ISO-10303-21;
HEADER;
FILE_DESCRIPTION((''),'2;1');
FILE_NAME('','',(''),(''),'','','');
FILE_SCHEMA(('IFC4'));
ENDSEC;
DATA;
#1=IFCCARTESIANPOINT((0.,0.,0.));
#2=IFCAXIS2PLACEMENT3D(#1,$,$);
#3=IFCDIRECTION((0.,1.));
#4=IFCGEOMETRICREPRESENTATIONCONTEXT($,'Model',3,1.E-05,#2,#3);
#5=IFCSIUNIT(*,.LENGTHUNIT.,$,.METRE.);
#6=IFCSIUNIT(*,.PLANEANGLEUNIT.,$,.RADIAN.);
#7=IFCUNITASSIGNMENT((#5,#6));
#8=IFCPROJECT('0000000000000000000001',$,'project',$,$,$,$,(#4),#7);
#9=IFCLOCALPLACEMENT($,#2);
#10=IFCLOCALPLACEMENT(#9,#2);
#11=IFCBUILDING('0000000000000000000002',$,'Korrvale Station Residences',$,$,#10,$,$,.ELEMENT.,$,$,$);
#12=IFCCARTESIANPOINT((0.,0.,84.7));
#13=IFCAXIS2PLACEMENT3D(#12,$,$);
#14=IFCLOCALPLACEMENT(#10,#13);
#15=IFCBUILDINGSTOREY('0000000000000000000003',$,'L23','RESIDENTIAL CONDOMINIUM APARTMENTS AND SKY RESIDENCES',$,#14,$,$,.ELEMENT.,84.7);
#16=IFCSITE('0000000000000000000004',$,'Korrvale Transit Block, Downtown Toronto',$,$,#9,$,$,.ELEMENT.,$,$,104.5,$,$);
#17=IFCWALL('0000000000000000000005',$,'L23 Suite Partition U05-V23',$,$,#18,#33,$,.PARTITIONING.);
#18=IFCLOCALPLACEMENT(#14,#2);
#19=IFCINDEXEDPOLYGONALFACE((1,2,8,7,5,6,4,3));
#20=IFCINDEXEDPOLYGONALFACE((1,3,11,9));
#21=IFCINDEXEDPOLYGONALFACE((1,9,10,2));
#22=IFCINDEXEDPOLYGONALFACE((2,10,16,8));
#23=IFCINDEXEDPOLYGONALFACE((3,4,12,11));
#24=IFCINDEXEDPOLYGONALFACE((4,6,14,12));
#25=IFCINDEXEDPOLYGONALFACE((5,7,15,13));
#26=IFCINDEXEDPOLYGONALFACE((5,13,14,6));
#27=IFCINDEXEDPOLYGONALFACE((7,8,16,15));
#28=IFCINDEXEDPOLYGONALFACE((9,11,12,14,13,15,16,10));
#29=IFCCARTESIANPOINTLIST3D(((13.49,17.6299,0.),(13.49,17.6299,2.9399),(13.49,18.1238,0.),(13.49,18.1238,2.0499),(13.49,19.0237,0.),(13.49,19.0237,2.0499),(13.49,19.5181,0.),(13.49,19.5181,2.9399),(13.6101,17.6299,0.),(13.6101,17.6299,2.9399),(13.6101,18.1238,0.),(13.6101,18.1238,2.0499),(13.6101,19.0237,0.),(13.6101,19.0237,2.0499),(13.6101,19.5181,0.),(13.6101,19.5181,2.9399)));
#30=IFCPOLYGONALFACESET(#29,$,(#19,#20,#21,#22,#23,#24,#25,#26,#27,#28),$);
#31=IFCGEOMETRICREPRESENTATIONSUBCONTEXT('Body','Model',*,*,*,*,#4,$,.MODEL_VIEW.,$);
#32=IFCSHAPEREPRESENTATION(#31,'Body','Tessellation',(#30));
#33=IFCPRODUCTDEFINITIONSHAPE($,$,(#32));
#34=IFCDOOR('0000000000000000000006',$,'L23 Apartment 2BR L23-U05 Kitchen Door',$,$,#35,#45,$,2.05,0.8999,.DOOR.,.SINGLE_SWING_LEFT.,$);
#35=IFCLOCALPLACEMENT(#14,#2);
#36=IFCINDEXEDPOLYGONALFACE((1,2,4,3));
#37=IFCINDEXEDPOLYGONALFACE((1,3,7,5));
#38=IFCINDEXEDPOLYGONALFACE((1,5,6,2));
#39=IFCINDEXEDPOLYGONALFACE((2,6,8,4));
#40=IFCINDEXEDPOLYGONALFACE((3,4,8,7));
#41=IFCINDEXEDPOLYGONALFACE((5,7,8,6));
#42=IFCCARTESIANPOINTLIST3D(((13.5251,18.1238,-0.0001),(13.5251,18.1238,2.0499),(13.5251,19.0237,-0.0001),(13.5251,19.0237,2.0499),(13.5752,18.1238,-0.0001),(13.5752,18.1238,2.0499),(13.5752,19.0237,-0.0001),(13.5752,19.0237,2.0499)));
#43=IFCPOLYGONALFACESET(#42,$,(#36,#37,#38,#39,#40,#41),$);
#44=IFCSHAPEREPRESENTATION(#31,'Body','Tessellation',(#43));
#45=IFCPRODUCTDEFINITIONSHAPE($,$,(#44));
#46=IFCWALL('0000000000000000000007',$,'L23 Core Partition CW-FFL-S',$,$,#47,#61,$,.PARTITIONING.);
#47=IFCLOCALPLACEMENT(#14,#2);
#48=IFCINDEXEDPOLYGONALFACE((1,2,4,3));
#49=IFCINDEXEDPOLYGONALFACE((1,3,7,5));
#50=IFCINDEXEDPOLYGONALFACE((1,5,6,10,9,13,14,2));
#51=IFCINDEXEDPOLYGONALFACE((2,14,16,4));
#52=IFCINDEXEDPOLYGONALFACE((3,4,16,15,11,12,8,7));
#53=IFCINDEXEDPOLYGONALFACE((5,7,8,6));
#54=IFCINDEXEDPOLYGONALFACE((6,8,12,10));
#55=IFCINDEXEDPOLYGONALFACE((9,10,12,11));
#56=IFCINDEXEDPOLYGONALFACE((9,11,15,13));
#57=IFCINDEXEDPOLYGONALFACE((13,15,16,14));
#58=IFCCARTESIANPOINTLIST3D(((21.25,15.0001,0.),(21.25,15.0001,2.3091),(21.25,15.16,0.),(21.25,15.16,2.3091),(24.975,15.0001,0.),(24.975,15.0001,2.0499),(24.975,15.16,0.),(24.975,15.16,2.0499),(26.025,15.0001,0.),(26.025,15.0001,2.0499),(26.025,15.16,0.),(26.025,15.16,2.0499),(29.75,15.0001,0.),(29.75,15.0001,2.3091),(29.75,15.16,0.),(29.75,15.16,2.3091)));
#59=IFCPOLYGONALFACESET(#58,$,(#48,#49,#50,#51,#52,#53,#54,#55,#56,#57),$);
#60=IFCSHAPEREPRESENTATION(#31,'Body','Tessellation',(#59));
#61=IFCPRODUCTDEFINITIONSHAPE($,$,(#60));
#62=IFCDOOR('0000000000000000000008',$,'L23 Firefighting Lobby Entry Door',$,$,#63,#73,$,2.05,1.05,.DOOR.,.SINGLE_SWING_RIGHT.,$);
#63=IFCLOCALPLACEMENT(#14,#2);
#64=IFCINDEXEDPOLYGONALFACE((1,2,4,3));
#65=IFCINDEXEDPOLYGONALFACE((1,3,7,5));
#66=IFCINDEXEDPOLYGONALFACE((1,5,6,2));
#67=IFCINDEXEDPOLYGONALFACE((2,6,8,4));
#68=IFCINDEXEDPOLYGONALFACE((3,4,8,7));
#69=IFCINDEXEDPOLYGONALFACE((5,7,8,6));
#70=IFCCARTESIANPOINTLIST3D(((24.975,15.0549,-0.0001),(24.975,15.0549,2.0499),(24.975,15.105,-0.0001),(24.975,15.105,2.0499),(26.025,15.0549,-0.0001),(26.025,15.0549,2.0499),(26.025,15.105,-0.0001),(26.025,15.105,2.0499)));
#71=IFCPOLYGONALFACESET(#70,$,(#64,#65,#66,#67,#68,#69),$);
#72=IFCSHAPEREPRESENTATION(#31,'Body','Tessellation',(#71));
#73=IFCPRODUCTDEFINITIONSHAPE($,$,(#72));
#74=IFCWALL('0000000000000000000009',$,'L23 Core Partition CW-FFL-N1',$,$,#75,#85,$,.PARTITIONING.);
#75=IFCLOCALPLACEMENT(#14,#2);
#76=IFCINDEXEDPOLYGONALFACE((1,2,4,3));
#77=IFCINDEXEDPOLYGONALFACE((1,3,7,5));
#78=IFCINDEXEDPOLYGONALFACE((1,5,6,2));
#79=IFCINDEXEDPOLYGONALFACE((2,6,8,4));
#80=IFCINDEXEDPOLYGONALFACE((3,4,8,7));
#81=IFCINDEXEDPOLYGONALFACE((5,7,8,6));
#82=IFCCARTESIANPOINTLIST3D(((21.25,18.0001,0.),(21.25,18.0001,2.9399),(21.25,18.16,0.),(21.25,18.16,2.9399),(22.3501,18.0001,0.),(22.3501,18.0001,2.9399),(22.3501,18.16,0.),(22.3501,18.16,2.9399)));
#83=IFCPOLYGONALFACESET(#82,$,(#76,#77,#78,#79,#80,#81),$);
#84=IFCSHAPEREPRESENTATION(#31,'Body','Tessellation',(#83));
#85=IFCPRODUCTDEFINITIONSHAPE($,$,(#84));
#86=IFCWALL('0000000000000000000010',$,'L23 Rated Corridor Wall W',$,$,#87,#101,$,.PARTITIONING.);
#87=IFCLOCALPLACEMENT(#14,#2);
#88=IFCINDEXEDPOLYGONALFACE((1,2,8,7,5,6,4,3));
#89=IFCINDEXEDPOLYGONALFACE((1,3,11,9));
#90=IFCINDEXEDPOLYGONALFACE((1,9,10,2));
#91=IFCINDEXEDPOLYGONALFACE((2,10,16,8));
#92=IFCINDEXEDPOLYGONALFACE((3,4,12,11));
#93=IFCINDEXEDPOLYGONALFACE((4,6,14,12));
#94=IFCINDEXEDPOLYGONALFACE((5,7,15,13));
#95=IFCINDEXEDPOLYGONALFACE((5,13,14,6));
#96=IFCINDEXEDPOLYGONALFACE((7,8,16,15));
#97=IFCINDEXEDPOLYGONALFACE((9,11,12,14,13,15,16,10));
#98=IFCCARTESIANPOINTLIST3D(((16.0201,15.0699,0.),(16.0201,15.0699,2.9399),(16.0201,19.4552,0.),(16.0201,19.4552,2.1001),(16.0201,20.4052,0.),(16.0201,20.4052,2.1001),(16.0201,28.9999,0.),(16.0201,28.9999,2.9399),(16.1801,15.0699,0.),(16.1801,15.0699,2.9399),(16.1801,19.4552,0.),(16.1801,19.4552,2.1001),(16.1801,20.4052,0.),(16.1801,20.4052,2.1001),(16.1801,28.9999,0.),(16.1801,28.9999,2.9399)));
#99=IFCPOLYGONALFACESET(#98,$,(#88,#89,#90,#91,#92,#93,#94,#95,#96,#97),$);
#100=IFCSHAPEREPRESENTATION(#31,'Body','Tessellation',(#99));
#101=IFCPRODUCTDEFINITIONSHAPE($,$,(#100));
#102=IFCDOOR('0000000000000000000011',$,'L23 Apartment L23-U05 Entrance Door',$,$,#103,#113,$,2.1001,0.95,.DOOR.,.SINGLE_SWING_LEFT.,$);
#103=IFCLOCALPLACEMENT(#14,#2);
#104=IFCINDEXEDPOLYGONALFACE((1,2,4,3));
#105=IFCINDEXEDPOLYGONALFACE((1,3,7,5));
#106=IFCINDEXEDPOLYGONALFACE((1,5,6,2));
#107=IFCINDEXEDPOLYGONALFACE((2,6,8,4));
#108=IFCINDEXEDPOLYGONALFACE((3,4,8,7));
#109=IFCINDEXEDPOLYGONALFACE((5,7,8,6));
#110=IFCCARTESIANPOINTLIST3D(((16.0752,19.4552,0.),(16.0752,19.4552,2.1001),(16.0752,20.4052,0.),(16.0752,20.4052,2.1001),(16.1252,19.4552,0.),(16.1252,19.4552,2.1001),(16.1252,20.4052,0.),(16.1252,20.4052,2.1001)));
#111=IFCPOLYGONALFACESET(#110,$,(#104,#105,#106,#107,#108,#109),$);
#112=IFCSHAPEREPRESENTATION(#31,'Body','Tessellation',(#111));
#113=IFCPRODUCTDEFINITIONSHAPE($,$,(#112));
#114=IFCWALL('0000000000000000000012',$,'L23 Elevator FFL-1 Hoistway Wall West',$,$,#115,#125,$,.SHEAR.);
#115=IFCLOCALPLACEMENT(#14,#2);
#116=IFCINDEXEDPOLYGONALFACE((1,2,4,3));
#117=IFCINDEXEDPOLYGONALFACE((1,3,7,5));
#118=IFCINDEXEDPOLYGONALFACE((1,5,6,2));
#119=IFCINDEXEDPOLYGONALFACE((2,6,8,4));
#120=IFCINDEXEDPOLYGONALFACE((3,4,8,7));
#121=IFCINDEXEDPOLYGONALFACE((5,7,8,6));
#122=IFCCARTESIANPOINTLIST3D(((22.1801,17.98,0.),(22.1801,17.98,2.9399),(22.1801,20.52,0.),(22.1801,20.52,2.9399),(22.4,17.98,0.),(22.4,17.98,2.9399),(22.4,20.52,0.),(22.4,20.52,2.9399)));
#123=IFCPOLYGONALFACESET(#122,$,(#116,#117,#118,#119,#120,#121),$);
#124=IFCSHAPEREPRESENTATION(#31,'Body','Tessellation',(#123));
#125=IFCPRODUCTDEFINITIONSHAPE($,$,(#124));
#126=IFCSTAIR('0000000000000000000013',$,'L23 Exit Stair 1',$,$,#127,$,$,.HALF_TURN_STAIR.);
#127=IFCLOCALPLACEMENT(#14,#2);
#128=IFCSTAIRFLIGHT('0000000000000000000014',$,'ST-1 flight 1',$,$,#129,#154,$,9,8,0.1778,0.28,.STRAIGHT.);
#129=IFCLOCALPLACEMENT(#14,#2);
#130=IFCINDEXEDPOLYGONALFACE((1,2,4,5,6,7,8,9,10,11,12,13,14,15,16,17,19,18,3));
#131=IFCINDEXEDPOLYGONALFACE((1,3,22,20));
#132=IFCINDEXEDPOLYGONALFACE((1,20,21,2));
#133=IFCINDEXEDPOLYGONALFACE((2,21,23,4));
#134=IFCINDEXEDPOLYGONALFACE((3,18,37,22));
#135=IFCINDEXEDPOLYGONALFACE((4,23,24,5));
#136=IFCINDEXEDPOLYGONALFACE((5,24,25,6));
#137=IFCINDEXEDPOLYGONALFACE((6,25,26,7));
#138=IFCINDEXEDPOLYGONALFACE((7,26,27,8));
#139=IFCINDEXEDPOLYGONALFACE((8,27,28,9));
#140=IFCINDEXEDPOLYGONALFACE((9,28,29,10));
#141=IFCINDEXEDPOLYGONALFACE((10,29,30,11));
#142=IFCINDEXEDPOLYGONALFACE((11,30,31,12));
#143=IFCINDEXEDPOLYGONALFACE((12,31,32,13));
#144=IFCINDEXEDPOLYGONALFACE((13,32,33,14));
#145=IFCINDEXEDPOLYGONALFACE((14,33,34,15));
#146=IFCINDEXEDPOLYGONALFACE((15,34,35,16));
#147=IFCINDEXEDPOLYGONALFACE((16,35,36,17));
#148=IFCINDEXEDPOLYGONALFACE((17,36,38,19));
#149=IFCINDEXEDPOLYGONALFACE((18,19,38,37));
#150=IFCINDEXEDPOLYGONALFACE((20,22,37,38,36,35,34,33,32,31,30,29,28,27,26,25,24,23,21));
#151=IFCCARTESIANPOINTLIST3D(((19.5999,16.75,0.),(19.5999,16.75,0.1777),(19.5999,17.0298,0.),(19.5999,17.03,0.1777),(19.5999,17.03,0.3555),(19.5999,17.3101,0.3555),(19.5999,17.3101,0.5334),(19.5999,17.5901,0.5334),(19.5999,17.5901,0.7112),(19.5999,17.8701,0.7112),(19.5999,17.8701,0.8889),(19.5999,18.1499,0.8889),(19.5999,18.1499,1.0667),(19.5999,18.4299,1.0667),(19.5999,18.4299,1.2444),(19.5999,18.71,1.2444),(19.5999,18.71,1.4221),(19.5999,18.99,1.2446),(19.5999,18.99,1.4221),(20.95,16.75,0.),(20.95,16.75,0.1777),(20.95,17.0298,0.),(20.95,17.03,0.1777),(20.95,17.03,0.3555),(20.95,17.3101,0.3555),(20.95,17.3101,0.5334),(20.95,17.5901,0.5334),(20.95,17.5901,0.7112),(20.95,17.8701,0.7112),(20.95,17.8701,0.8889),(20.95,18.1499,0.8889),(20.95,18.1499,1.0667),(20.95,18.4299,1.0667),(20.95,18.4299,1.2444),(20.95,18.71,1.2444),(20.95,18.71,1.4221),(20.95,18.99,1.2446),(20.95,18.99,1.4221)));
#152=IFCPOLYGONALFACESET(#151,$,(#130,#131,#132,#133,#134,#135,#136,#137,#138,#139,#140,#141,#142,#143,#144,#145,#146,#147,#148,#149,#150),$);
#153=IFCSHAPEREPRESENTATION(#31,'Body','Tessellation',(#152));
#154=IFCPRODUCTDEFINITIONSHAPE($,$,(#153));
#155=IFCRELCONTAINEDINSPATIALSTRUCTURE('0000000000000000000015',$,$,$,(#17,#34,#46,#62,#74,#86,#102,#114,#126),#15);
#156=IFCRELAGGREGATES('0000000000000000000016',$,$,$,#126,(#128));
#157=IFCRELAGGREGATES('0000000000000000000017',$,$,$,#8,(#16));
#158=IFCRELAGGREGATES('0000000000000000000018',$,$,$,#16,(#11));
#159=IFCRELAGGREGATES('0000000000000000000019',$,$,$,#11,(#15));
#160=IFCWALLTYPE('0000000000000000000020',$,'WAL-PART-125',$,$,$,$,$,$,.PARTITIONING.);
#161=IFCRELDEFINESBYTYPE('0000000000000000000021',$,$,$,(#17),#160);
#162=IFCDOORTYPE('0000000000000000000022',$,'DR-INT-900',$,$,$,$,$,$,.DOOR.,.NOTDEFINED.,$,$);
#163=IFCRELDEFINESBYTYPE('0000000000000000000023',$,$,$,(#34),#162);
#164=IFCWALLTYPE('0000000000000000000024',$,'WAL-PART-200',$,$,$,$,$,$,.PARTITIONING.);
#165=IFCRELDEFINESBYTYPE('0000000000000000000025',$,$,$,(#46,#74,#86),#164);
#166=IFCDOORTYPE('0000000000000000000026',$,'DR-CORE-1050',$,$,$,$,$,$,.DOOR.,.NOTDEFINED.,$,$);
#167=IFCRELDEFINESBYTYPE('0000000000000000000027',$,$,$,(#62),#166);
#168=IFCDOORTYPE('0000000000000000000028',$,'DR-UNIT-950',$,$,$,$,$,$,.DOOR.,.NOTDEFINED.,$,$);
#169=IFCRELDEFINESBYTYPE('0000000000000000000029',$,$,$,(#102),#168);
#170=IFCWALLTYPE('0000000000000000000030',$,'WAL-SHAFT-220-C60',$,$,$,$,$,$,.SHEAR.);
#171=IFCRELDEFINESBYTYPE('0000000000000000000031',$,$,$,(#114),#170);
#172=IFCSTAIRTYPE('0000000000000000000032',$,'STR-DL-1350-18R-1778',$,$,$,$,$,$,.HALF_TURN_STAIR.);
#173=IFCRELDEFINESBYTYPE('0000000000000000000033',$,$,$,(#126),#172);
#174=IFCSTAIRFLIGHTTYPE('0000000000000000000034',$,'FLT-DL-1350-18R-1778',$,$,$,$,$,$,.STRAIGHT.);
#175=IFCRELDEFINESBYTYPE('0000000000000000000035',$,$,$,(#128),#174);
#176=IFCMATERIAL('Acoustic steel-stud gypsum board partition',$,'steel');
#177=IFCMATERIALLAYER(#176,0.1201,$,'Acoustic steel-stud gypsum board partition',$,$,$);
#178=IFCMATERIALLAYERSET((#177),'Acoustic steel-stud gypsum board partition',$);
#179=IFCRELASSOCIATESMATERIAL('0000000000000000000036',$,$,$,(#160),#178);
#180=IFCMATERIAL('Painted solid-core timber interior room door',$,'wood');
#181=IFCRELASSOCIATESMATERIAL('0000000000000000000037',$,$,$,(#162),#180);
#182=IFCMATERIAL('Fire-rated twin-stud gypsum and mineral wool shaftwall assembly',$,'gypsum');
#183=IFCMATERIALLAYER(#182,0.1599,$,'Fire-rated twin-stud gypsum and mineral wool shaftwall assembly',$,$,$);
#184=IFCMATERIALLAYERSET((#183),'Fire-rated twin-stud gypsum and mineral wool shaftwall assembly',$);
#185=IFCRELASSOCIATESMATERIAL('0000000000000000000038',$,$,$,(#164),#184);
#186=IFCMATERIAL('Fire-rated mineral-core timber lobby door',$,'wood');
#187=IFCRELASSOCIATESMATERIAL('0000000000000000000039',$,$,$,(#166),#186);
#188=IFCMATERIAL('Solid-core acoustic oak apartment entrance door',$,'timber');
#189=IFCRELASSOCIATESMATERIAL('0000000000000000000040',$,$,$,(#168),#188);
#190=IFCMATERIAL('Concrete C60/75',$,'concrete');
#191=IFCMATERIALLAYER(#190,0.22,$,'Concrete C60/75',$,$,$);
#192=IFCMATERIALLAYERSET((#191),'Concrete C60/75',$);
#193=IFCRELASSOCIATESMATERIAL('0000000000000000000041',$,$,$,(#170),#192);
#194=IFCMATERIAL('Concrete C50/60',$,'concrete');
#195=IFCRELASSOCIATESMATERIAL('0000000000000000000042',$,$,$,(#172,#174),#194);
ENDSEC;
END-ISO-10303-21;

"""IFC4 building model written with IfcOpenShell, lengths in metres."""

from ifc_helpers import new_model, si_unit, direction, frame, frame_2d, origin, place, context, subcontext, project, spatial, polyline, rectangle, outline, extrude, material, layer, layer_set, type_object, element, fill, aggregate, save


model = new_model("IFC4")

# Units and contexts
model_context = context("Model", 3, precision=1e-05, world=origin(), true_north=direction((0.0, 1.0)))
body_context = subcontext(model_context, "Body", "Model", "MODEL_VIEW")
ifc_project = project(units=[si_unit("LENGTHUNIT", "METRE"), si_unit("PLANEANGLEUNIT", "RADIAN")], contexts=[model_context])

# Site, building, storey
site_placement = place(None, origin())
site = spatial("IfcSite", under=ifc_project, at=site_placement, Name="Korrvale Transit Block, Downtown Toronto", CompositionType="ELEMENT", RefElevation=104.5)
building_placement = place(site_placement, origin())
building = spatial("IfcBuilding", under=site, at=building_placement, Name="Korrvale Station Residences", CompositionType="ELEMENT")
storey_placement = place(building_placement, frame((0.0, 0.0, 84.7)))
storey = spatial("IfcBuildingStorey", under=building, at=storey_placement, Name="L23", Description="RESIDENTIAL CONDOMINIUM APARTMENTS AND SKY RESIDENCES", CompositionType="ELEMENT", Elevation=84.7)

# Shared definitions
ifc_material_1 = material(Name="Concrete C60/75", Category="concrete")

# Shared definitions
ifc_material_2 = material(Name="Acoustic steel-stud gypsum board partition", Category="steel")
ifc_layer_1 = layer(ifc_material_2, 0.1201, Name="Acoustic steel-stud gypsum board partition")
ifc_layer_set_1 = layer_set([ifc_layer_1], Name="Acoustic steel-stud gypsum board partition")
wall_type_1 = type_object("IfcWallType", Name="WAL-PART-125", PredefinedType="PARTITIONING", material=ifc_layer_set_1)

# Walls, openings, doors
wall_1_placement = place(storey_placement, frame((13.55, 17.6299, 0.0), z_axis=(0.0, 0.0, 1.0), x_axis=(0.0, 1.0, 0.0)))
wall_1 = element("IfcWall", 1, at=wall_1_placement, inside=storey, type_object=wall_type_1, Name="L23 Suite Partition U05-V23", PredefinedType="PARTITIONING", context=body_context, shape_type="SweptSolid", body=[
    extrude(rectangle(XDim=1.8882, YDim=0.1201, at=frame_2d((0.9441, 0.0))), origin(), (0.0, 0.0, 1.0), 2.9399),
])
opening_1_placement = place(wall_1_placement, frame((0.4939, 0.0, 0.0)))
opening_1 = element("IfcOpeningElement", 2, at=opening_1_placement, cuts=wall_1, PredefinedType="OPENING", context=body_context, shape_type="SweptSolid", body=[
    extrude(rectangle(XDim=0.8999, YDim=2.05, at=frame_2d((0.45, 1.0249))), frame((0.0, 0.0701, 0.0), z_axis=(0.0, -1.0, 0.0), x_axis=(1.0, 0.0, 0.0)), (0.0, 0.0, 1.0), 0.1401),
])
ifc_material_3 = material(Name="Painted solid-core timber interior room door", Category="wood")
door_type_1 = type_object("IfcDoorType", Name="DR-INT-900", OperationType="NOTDEFINED", PredefinedType="DOOR", material=ifc_material_3)
door_1_placement = place(opening_1_placement, origin())
door_1 = element("IfcDoor", 3, at=door_1_placement, inside=storey, type_object=door_type_1, Name="L23 Apartment 2BR L23-U05 Kitchen Door", OperationType="SINGLE_SWING_LEFT", OverallHeight=2.05, OverallWidth=0.8999, PredefinedType="DOOR", context=body_context, shape_type="SweptSolid", body=[
    extrude(rectangle(XDim=0.8999, YDim=2.05, at=frame_2d((0.45, 1.0249))), frame((0.0, 0.0249, 0.0), z_axis=(0.0, -1.0, 0.0), x_axis=(1.0, 0.0, 0.0)), (0.0, 0.0, 1.0), 0.05),
])
fill(opening_1, door_1)
ifc_material_4 = material(Name="Fire-rated twin-stud gypsum and mineral wool shaftwall assembly", Category="gypsum")
ifc_layer_2 = layer(ifc_material_4, 0.1599, Name="Fire-rated twin-stud gypsum and mineral wool shaftwall assembly")
ifc_layer_set_2 = layer_set([ifc_layer_2], Name="Fire-rated twin-stud gypsum and mineral wool shaftwall assembly")
wall_type_2 = type_object("IfcWallType", Name="WAL-PART-200", PredefinedType="PARTITIONING", material=ifc_layer_set_2)
wall_2_placement = place(storey_placement, frame((21.25, 15.0801, 0.0), z_axis=(0.0, 0.0, 1.0), x_axis=(1.0, 0.0, 0.0)))
wall_2 = element("IfcWall", 4, at=wall_2_placement, inside=storey, type_object=wall_type_2, Name="L23 Core Partition CW-FFL-S", PredefinedType="PARTITIONING", context=body_context, shape_type="SweptSolid", body=[
    extrude(rectangle(XDim=8.5, YDim=0.1599, at=frame_2d((4.25, 0.0))), origin(), (0.0, 0.0, 1.0), 2.3091),
])
opening_2_placement = place(wall_2_placement, frame((3.7251, 0.0, 0.0)))
opening_2 = element("IfcOpeningElement", 5, at=opening_2_placement, cuts=wall_2, PredefinedType="OPENING", context=body_context, shape_type="SweptSolid", body=[
    extrude(rectangle(XDim=1.05, YDim=2.05, at=frame_2d((0.5249, 1.0249))), frame((0.0, 0.0898, 0.0), z_axis=(0.0, -1.0, 0.0), x_axis=(1.0, 0.0, 0.0)), (0.0, 0.0, 1.0), 0.1799),
])
ifc_material_5 = material(Name="Fire-rated mineral-core timber lobby door", Category="wood")
door_type_2 = type_object("IfcDoorType", Name="DR-CORE-1050", OperationType="NOTDEFINED", PredefinedType="DOOR", material=ifc_material_5)
door_2_placement = place(opening_2_placement, origin())
door_2 = element("IfcDoor", 6, at=door_2_placement, inside=storey, type_object=door_type_2, Name="L23 Firefighting Lobby Entry Door", OperationType="SINGLE_SWING_RIGHT", OverallHeight=2.05, OverallWidth=1.05, PredefinedType="DOOR", context=body_context, shape_type="SweptSolid", body=[
    extrude(rectangle(XDim=1.05, YDim=2.05, at=frame_2d((0.5249, 1.0249))), frame((0.0, 0.0249, 0.0), z_axis=(0.0, -1.0, 0.0), x_axis=(1.0, 0.0, 0.0)), (0.0, 0.0, 1.0), 0.05),
])
fill(opening_2, door_2)

# Wall
wall_3_placement = place(storey_placement, frame((21.25, 18.0801, 0.0), z_axis=(0.0, 0.0, 1.0), x_axis=(1.0, 0.0, 0.0)))
element("IfcWall", 7, at=wall_3_placement, inside=storey, type_object=wall_type_2, Name="L23 Core Partition CW-FFL-N1", PredefinedType="PARTITIONING", context=body_context, shape_type="SweptSolid", body=[
    extrude(rectangle(XDim=1.1001, YDim=0.1599, at=frame_2d((0.55, 0.0))), origin(), (0.0, 0.0, 1.0), 2.9399),
])

# Wall, opening, door
wall_4_placement = place(storey_placement, frame((16.1001, 15.0701, 0.0), z_axis=(0.0, 0.0, 1.0), x_axis=(0.0, 1.0, 0.0)))
wall_4 = element("IfcWall", 8, at=wall_4_placement, inside=storey, type_object=wall_type_2, Name="L23 Rated Corridor Wall W", PredefinedType="PARTITIONING", context=body_context, shape_type="SweptSolid", body=[
    extrude(rectangle(XDim=13.9299, YDim=0.1599, at=frame_2d((6.9648, 0.0))), origin(), (0.0, 0.0, 1.0), 2.9399),
])
opening_3_placement = place(wall_4_placement, frame((4.385, 0.0, 0.0)))
opening_3 = element("IfcOpeningElement", 9, at=opening_3_placement, cuts=wall_4, PredefinedType="OPENING", context=body_context, shape_type="SweptSolid", body=[
    extrude(rectangle(XDim=0.95, YDim=2.1001, at=frame_2d((0.4751, 1.05))), frame((0.0, 0.0898, 0.0), z_axis=(0.0, -1.0, 0.0), x_axis=(1.0, 0.0, 0.0)), (0.0, 0.0, 1.0), 0.1799),
])
ifc_material_6 = material(Name="Solid-core acoustic oak apartment entrance door", Category="timber")
door_type_3 = type_object("IfcDoorType", Name="DR-UNIT-950", OperationType="NOTDEFINED", PredefinedType="DOOR", material=ifc_material_6)
door_3_placement = place(opening_3_placement, origin())
door_3 = element("IfcDoor", 10, at=door_3_placement, inside=storey, type_object=door_type_3, Name="L23 Apartment L23-U05 Entrance Door", OperationType="SINGLE_SWING_LEFT", OverallHeight=2.1001, OverallWidth=0.95, PredefinedType="DOOR", context=body_context, shape_type="SweptSolid", body=[
    extrude(rectangle(XDim=0.95, YDim=2.1001, at=frame_2d((0.4751, 1.05))), frame((0.0, 0.0249, 0.0), z_axis=(0.0, -1.0, 0.0), x_axis=(1.0, 0.0, 0.0)), (0.0, 0.0, 1.0), 0.05),
])
fill(opening_3, door_3)
ifc_layer_3 = layer(ifc_material_1, 0.22, Name="Concrete C60/75")
ifc_layer_set_3 = layer_set([ifc_layer_3], Name="Concrete C60/75")
wall_type_3 = type_object("IfcWallType", Name="WAL-SHAFT-220-C60", PredefinedType="SHEAR", material=ifc_layer_set_3)

# Wall
wall_5_placement = place(storey_placement, frame((22.29, 17.98, 0.0), z_axis=(0.0, 0.0, 1.0), x_axis=(0.0, 1.0, 0.0)))
element("IfcWall", 11, at=wall_5_placement, inside=storey, type_object=wall_type_3, Name="L23 Elevator FFL-1 Hoistway Wall West", PredefinedType="SHEAR", context=body_context, shape_type="SweptSolid", body=[
    extrude(rectangle(XDim=2.54, YDim=0.22, at=frame_2d((1.27, 0.0))), origin(), (0.0, 0.0, 1.0), 2.9399),
])

# Stair, stair flight
ifc_material_7 = material(Name="Concrete C50/60", Category="concrete")
stair_type = type_object("IfcStairType", Name="STR-DL-1350-18R-1778", PredefinedType="HALF_TURN_STAIR", material=ifc_material_7)
stair_placement = place(storey_placement, origin())
stair = element("IfcStair", 12, at=stair_placement, inside=storey, type_object=stair_type, Name="L23 Exit Stair 1", PredefinedType="HALF_TURN_STAIR")
stair_flight_type = type_object("IfcStairFlightType", Name="FLT-DL-1350-18R-1778", PredefinedType="STRAIGHT", material=ifc_material_7)
stair_flight_1_placement = place(storey_placement, frame((20.2749, 16.75, 0.0), z_axis=(0.0, 0.0, 1.0), x_axis=(0.0, 1.0, 0.0)))
stair_flight_1 = element("IfcStairFlight", 13, at=stair_flight_1_placement, type_object=stair_flight_type, Name="ST-1 flight 1", NumberOfRisers=9, NumberOfTreads=8, PredefinedType="STRAIGHT", RiserHeight=0.1778, TreadLength=0.28, context=body_context, shape_type="SweptSolid", body=[
    extrude(outline(polyline([(0.0, 0.0), (0.0, 0.1777), (0.28, 0.1777), (0.28, 0.3555), (0.5601, 0.3555), (0.5601, 0.5334), (0.8401, 0.5334), (0.8401, 0.7112), (1.1201, 0.7112), (1.1201, 0.8889), (1.3999, 0.8889), (1.3999, 1.0667), (1.6799, 1.0667), (1.6799, 1.2444), (1.96, 1.2444), (1.96, 1.4221), (2.24, 1.4221), (2.24, 1.6001), (2.24, 1.2446), (0.2798, 0.0), (0.0, 0.0)])), frame((0.0, 0.675, 0.0), z_axis=(0.0, -1.0, 0.0), x_axis=(1.0, 0.0, 0.0)), (0.0, 0.0, 1.0), 1.3501),
])
aggregate(stair, [stair_flight_1])

save(model, "model.ifc")
